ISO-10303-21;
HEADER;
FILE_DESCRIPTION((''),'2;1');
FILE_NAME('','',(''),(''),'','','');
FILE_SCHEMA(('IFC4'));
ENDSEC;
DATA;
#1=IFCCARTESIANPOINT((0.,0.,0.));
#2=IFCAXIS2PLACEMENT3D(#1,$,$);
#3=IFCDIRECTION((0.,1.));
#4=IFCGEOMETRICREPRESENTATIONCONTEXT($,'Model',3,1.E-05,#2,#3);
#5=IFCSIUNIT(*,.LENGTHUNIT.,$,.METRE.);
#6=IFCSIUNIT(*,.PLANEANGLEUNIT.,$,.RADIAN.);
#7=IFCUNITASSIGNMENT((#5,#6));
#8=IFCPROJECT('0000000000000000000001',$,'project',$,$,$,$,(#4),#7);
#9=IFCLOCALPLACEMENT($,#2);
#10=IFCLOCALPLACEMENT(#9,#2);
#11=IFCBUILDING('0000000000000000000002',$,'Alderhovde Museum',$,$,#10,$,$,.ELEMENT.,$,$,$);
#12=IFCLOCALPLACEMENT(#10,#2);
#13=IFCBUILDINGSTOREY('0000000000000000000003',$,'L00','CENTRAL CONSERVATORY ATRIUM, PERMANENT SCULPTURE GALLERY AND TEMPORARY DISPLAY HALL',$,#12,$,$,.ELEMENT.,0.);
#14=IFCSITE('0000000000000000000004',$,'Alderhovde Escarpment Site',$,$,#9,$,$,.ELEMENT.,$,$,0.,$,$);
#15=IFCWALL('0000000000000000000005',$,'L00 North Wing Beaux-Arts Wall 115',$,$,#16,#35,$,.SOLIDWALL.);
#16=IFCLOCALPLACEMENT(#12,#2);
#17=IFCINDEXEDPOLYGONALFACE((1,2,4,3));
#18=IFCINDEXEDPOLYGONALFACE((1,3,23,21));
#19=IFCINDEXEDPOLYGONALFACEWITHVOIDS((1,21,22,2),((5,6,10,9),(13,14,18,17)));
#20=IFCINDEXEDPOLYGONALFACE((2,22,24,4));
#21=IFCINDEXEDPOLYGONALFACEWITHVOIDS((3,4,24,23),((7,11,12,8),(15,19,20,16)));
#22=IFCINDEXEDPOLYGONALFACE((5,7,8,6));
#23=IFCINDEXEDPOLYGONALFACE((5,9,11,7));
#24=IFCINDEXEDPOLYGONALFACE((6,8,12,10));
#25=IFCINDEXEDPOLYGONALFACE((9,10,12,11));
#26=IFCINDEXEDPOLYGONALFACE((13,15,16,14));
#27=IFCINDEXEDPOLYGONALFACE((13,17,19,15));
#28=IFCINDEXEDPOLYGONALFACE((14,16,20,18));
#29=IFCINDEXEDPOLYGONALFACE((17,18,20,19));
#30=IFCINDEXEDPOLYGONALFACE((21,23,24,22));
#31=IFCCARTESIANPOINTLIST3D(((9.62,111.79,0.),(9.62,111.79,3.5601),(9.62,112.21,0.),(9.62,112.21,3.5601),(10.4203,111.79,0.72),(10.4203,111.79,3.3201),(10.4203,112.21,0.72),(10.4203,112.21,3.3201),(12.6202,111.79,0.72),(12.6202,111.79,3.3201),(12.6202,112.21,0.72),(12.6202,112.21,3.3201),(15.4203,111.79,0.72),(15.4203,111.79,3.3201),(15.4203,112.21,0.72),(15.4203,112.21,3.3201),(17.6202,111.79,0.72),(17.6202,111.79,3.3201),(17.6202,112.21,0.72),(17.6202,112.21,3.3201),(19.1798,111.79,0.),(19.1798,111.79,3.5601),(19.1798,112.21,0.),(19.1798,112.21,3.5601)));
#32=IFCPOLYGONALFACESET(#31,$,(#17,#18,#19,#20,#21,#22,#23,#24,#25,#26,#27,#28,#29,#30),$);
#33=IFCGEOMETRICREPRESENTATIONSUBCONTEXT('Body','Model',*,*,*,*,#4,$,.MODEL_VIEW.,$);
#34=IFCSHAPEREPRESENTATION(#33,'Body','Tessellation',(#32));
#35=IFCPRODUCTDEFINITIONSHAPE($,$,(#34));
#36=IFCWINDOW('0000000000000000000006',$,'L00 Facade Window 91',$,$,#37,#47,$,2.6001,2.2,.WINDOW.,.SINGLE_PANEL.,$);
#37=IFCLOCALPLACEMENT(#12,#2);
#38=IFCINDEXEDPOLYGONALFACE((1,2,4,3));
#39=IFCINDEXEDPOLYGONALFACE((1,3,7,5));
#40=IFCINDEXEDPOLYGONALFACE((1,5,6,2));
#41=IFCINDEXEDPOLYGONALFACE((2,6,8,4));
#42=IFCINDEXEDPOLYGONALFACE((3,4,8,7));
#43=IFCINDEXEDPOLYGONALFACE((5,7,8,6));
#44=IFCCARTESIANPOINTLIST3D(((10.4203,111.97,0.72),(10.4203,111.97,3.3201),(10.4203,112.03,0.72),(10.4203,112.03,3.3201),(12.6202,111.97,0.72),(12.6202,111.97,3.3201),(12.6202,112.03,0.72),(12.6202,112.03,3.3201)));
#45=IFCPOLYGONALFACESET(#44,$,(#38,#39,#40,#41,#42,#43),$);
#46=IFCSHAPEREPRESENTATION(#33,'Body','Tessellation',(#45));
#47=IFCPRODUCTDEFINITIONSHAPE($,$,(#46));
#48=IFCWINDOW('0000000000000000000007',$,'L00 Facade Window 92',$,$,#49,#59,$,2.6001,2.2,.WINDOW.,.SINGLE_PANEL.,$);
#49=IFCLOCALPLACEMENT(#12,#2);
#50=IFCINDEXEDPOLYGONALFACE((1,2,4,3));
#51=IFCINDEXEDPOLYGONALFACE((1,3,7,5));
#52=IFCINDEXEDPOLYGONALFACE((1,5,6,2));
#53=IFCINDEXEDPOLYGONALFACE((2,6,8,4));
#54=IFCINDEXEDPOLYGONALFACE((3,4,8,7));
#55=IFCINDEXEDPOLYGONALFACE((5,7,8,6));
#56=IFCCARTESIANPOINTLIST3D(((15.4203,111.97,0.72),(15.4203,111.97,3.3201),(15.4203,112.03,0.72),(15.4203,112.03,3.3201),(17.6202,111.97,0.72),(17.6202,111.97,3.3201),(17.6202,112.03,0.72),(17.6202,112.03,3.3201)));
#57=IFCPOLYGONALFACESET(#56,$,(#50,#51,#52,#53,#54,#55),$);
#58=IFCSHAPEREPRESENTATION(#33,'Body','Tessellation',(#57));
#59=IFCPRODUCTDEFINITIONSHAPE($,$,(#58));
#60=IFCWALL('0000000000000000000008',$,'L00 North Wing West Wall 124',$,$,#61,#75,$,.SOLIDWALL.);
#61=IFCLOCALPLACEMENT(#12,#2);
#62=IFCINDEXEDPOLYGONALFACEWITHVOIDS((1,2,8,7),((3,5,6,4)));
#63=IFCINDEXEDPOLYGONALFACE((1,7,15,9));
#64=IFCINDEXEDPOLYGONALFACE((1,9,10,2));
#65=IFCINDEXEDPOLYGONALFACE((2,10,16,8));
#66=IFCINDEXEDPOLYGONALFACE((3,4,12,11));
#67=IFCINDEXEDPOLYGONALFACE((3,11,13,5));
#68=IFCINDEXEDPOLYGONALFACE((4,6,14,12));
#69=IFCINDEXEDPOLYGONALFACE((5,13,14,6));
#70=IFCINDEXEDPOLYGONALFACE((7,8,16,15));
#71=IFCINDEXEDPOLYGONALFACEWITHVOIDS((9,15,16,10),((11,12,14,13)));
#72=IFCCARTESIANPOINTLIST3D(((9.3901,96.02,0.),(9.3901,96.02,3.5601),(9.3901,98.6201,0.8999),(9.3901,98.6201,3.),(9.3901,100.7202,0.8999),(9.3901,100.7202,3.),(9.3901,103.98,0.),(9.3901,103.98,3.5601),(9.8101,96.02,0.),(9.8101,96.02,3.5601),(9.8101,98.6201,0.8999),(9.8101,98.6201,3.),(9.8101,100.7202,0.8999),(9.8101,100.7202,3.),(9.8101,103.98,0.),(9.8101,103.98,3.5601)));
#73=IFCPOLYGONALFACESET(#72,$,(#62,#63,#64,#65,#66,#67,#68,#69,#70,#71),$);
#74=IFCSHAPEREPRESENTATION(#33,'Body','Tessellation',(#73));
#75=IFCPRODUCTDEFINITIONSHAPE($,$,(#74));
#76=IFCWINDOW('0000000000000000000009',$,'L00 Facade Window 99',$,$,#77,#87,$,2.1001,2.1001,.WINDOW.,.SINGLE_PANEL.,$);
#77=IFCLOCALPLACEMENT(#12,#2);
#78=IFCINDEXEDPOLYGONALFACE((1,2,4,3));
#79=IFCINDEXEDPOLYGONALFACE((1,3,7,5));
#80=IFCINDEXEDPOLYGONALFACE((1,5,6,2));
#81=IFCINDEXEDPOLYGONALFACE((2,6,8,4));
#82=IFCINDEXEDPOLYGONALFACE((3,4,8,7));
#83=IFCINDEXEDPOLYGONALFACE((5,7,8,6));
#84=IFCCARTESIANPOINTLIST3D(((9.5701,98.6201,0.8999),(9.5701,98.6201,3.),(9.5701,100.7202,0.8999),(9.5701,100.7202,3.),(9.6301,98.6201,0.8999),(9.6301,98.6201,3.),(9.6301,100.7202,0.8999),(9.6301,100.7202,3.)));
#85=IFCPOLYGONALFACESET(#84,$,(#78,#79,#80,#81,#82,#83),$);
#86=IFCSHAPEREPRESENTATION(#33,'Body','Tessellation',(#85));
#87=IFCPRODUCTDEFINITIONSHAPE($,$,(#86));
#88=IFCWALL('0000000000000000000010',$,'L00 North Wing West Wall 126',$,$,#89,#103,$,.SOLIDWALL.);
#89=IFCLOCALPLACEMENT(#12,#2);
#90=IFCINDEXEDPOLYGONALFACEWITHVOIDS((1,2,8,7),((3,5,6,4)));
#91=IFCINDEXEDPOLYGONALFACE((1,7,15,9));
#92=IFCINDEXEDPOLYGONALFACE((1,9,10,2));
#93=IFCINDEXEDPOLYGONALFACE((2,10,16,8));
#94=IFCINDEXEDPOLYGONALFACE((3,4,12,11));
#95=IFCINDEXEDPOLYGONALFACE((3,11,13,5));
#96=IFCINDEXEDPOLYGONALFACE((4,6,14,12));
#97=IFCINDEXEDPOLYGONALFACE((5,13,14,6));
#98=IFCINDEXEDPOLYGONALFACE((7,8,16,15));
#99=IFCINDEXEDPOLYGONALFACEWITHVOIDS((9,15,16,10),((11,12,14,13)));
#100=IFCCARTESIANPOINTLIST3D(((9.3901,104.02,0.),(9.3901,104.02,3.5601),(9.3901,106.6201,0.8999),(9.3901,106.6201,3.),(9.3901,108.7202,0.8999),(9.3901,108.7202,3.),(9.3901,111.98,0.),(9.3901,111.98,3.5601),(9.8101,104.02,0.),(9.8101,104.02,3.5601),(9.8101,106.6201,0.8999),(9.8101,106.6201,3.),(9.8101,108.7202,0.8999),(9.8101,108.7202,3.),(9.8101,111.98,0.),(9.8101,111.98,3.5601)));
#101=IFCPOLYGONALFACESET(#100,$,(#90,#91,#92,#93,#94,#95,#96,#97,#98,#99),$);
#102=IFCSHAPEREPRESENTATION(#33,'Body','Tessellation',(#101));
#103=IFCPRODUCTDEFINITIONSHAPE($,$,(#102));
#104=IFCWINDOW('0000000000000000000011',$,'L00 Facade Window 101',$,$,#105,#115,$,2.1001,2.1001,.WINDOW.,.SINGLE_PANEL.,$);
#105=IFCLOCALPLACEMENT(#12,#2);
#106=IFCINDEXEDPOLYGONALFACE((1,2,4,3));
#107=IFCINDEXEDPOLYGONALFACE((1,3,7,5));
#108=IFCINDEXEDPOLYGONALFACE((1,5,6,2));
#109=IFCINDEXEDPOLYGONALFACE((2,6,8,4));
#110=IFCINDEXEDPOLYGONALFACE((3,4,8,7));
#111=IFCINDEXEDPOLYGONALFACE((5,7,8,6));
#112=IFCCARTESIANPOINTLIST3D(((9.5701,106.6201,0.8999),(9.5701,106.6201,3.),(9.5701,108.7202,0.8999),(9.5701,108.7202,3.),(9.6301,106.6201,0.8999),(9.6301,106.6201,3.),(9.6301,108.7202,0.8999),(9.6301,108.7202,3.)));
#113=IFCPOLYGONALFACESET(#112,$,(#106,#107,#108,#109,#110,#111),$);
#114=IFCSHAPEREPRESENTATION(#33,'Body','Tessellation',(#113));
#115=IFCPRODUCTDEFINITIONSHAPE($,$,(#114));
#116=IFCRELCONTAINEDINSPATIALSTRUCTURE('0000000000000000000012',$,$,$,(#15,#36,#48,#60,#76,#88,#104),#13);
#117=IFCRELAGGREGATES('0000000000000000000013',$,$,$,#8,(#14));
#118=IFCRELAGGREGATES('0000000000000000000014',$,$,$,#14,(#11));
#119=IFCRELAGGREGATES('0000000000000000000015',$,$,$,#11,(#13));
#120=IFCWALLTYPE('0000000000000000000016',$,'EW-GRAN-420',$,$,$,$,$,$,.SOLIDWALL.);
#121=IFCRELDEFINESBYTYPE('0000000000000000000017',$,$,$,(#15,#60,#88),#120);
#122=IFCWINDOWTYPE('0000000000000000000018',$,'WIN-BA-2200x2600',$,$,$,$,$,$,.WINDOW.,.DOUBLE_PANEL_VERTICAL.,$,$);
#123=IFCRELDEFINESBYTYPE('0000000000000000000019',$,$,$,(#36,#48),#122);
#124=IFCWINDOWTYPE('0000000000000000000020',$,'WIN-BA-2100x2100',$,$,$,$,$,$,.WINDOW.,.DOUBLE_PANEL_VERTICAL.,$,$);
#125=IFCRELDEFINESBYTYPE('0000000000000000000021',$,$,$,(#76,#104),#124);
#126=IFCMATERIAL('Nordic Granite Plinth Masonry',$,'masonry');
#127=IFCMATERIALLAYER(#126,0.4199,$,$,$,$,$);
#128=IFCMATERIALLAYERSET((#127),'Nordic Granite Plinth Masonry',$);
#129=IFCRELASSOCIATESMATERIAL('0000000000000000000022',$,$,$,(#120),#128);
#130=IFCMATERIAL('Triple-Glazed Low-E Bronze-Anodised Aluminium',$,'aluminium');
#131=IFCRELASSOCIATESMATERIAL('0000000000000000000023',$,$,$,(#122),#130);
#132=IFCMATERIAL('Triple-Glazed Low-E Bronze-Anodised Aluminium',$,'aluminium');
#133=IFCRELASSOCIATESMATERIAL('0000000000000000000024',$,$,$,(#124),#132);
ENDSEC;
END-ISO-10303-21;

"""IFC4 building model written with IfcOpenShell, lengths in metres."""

from ifc_helpers import new_model, si_unit, direction, frame, frame_2d, origin, place, context, subcontext, project, spatial, rectangle, extrude, material, layer, layer_set, type_object, element, fill, save


model = new_model("IFC4")

# Units and contexts
model_context = context("Model", 3, precision=1e-05, world=origin(), true_north=direction((0.0, 1.0)))
body_context = subcontext(model_context, "Body", "Model", "MODEL_VIEW")
ifc_project = project(units=[si_unit("LENGTHUNIT", "METRE"), si_unit("PLANEANGLEUNIT", "RADIAN")], contexts=[model_context])

# Site, building, storey
site_placement = place(None, origin())
site = spatial("IfcSite", under=ifc_project, at=site_placement, Name="Alderhovde Escarpment Site", CompositionType="ELEMENT", RefElevation=0.0)
building_placement = place(site_placement, origin())
building = spatial("IfcBuilding", under=site, at=building_placement, Name="Alderhovde Museum", CompositionType="ELEMENT")
storey_placement = place(building_placement, origin())
storey = spatial("IfcBuildingStorey", under=building, at=storey_placement, Name="L00", Description="CENTRAL CONSERVATORY ATRIUM, PERMANENT SCULPTURE GALLERY AND TEMPORARY DISPLAY HALL", CompositionType="ELEMENT", Elevation=0.0)

# Wall, openings, windows
ifc_material_1 = material(Name="Nordic Granite Plinth Masonry", Category="masonry")
ifc_layer = layer(ifc_material_1, 0.4199)
ifc_layer_set = layer_set([ifc_layer], Name="Nordic Granite Plinth Masonry")
wall_type = type_object("IfcWallType", Name="EW-GRAN-420", PredefinedType="SOLIDWALL", material=ifc_layer_set)
wall_1_placement = place(storey_placement, frame((9.6201, 112.0, 0.0), z_axis=(0.0, 0.0, 1.0), x_axis=(1.0, 0.0, 0.0)))
wall_1 = element("IfcWall", 1, at=wall_1_placement, inside=storey, type_object=wall_type, Name="L00 North Wing Beaux-Arts Wall 115", PredefinedType="SOLIDWALL", context=body_context, shape_type="SweptSolid", body=[
    extrude(rectangle(XDim=9.5598, YDim=0.4199, at=frame_2d((4.7798, 0.0))), origin(), (0.0, 0.0, 1.0), 3.5601),
])
opening_1_placement = place(wall_1_placement, frame((0.8, 0.0, 0.72)))
opening_1 = element("IfcOpeningElement", 2, at=opening_1_placement, cuts=wall_1, PredefinedType="OPENING", context=body_context, shape_type="SweptSolid", body=[
    extrude(rectangle(XDim=2.2, YDim=2.6001, at=frame_2d((1.1001, 1.3))), frame((0.0, 0.22, 0.0), z_axis=(0.0, -1.0, 0.0), x_axis=(1.0, 0.0, 0.0)), (0.0, 0.0, 1.0), 0.4399),
])
opening_2_placement = place(wall_1_placement, frame((5.8, 0.0, 0.72)))
opening_2 = element("IfcOpeningElement", 3, at=opening_2_placement, cuts=wall_1, PredefinedType="OPENING", context=body_context, shape_type="SweptSolid", body=[
    extrude(rectangle(XDim=2.2, YDim=2.6001, at=frame_2d((1.1001, 1.3))), frame((0.0, 0.22, 0.0), z_axis=(0.0, -1.0, 0.0), x_axis=(1.0, 0.0, 0.0)), (0.0, 0.0, 1.0), 0.4399),
])
ifc_material_2 = material(Name="Triple-Glazed Low-E Bronze-Anodised Aluminium", Category="aluminium")
window_type_1 = type_object("IfcWindowType", Name="WIN-BA-2200x2600", PartitioningType="DOUBLE_PANEL_VERTICAL", PredefinedType="WINDOW", material=ifc_material_2)
window_1_placement = place(opening_1_placement, origin())
window_1 = element("IfcWindow", 4, at=window_1_placement, inside=storey, type_object=window_type_1, Name="L00 Facade Window 91", OverallHeight=2.6001, OverallWidth=2.2, PartitioningType="SINGLE_PANEL", PredefinedType="WINDOW", context=body_context, shape_type="SweptSolid", body=[
    extrude(rectangle(XDim=2.2, YDim=2.6001, at=frame_2d((1.1001, 1.3))), frame((0.0, 0.03, 0.0), z_axis=(0.0, -1.0, 0.0), x_axis=(1.0, 0.0, 0.0)), (0.0, 0.0, 1.0), 0.0601),
])
fill(opening_1, window_1)
window_2_placement = place(opening_2_placement, origin())
window_2 = element("IfcWindow", 5, at=window_2_placement, inside=storey, type_object=window_type_1, Name="L00 Facade Window 92", OverallHeight=2.6001, OverallWidth=2.2, PartitioningType="SINGLE_PANEL", PredefinedType="WINDOW", context=body_context, shape_type="SweptSolid", body=[
    extrude(rectangle(XDim=2.2, YDim=2.6001, at=frame_2d((1.1001, 1.3))), frame((0.0, 0.03, 0.0), z_axis=(0.0, -1.0, 0.0), x_axis=(1.0, 0.0, 0.0)), (0.0, 0.0, 1.0), 0.0601),
])
fill(opening_2, window_2)

# Walls, openings, windows
wall_2_placement = place(storey_placement, frame((9.6001, 96.02, 0.0), z_axis=(0.0, 0.0, 1.0), x_axis=(0.0, 1.0, 0.0)))
wall_2 = element("IfcWall", 6, at=wall_2_placement, inside=storey, type_object=wall_type, Name="L00 North Wing West Wall 124", PredefinedType="SOLIDWALL", context=body_context, shape_type="SweptSolid", body=[
    extrude(rectangle(XDim=7.96, YDim=0.4199, at=frame_2d((3.98, 0.0))), origin(), (0.0, 0.0, 1.0), 3.5601),
])
opening_3_placement = place(wall_2_placement, frame((2.6001, 0.0, 0.8999)))
opening_3 = element("IfcOpeningElement", 7, at=opening_3_placement, cuts=wall_2, PredefinedType="OPENING", context=body_context, shape_type="SweptSolid", body=[
    extrude(rectangle(XDim=2.1001, YDim=2.1001, at=frame_2d((1.05, 1.05))), frame((0.0, 0.22, 0.0), z_axis=(0.0, -1.0, 0.0), x_axis=(1.0, 0.0, 0.0)), (0.0, 0.0, 1.0), 0.4399),
])
ifc_material_3 = material(Name="Triple-Glazed Low-E Bronze-Anodised Aluminium", Category="aluminium")
window_type_2 = type_object("IfcWindowType", Name="WIN-BA-2100x2100", PartitioningType="DOUBLE_PANEL_VERTICAL", PredefinedType="WINDOW", material=ifc_material_3)
window_3_placement = place(opening_3_placement, origin())
window_3 = element("IfcWindow", 8, at=window_3_placement, inside=storey, type_object=window_type_2, Name="L00 Facade Window 99", OverallHeight=2.1001, OverallWidth=2.1001, PartitioningType="SINGLE_PANEL", PredefinedType="WINDOW", context=body_context, shape_type="SweptSolid", body=[
    extrude(rectangle(XDim=2.1001, YDim=2.1001, at=frame_2d((1.05, 1.05))), frame((0.0, 0.03, 0.0), z_axis=(0.0, -1.0, 0.0), x_axis=(1.0, 0.0, 0.0)), (0.0, 0.0, 1.0), 0.0601),
])
fill(opening_3, window_3)
wall_3_placement = place(storey_placement, frame((9.6001, 104.02, 0.0), z_axis=(0.0, 0.0, 1.0), x_axis=(0.0, 1.0, 0.0)))
wall_3 = element("IfcWall", 9, at=wall_3_placement, inside=storey, type_object=wall_type, Name="L00 North Wing West Wall 126", PredefinedType="SOLIDWALL", context=body_context, shape_type="SweptSolid", body=[
    extrude(rectangle(XDim=7.96, YDim=0.4199, at=frame_2d((3.98, 0.0))), origin(), (0.0, 0.0, 1.0), 3.5601),
])
opening_4_placement = place(wall_3_placement, frame((2.6001, 0.0, 0.8999)))
opening_4 = element("IfcOpeningElement", 10, at=opening_4_placement, cuts=wall_3, PredefinedType="OPENING", context=body_context, shape_type="SweptSolid", body=[
    extrude(rectangle(XDim=2.1001, YDim=2.1001, at=frame_2d((1.05, 1.05))), frame((0.0, 0.22, 0.0), z_axis=(0.0, -1.0, 0.0), x_axis=(1.0, 0.0, 0.0)), (0.0, 0.0, 1.0), 0.4399),
])
window_4_placement = place(opening_4_placement, origin())
window_4 = element("IfcWindow", 11, at=window_4_placement, inside=storey, type_object=window_type_2, Name="L00 Facade Window 101", OverallHeight=2.1001, OverallWidth=2.1001, PartitioningType="SINGLE_PANEL", PredefinedType="WINDOW", context=body_context, shape_type="SweptSolid", body=[
    extrude(rectangle(XDim=2.1001, YDim=2.1001, at=frame_2d((1.05, 1.05))), frame((0.0, 0.03, 0.0), z_axis=(0.0, -1.0, 0.0), x_axis=(1.0, 0.0, 0.0)), (0.0, 0.0, 1.0), 0.0601),
])
fill(opening_4, window_4)

save(model, "model.ifc")
